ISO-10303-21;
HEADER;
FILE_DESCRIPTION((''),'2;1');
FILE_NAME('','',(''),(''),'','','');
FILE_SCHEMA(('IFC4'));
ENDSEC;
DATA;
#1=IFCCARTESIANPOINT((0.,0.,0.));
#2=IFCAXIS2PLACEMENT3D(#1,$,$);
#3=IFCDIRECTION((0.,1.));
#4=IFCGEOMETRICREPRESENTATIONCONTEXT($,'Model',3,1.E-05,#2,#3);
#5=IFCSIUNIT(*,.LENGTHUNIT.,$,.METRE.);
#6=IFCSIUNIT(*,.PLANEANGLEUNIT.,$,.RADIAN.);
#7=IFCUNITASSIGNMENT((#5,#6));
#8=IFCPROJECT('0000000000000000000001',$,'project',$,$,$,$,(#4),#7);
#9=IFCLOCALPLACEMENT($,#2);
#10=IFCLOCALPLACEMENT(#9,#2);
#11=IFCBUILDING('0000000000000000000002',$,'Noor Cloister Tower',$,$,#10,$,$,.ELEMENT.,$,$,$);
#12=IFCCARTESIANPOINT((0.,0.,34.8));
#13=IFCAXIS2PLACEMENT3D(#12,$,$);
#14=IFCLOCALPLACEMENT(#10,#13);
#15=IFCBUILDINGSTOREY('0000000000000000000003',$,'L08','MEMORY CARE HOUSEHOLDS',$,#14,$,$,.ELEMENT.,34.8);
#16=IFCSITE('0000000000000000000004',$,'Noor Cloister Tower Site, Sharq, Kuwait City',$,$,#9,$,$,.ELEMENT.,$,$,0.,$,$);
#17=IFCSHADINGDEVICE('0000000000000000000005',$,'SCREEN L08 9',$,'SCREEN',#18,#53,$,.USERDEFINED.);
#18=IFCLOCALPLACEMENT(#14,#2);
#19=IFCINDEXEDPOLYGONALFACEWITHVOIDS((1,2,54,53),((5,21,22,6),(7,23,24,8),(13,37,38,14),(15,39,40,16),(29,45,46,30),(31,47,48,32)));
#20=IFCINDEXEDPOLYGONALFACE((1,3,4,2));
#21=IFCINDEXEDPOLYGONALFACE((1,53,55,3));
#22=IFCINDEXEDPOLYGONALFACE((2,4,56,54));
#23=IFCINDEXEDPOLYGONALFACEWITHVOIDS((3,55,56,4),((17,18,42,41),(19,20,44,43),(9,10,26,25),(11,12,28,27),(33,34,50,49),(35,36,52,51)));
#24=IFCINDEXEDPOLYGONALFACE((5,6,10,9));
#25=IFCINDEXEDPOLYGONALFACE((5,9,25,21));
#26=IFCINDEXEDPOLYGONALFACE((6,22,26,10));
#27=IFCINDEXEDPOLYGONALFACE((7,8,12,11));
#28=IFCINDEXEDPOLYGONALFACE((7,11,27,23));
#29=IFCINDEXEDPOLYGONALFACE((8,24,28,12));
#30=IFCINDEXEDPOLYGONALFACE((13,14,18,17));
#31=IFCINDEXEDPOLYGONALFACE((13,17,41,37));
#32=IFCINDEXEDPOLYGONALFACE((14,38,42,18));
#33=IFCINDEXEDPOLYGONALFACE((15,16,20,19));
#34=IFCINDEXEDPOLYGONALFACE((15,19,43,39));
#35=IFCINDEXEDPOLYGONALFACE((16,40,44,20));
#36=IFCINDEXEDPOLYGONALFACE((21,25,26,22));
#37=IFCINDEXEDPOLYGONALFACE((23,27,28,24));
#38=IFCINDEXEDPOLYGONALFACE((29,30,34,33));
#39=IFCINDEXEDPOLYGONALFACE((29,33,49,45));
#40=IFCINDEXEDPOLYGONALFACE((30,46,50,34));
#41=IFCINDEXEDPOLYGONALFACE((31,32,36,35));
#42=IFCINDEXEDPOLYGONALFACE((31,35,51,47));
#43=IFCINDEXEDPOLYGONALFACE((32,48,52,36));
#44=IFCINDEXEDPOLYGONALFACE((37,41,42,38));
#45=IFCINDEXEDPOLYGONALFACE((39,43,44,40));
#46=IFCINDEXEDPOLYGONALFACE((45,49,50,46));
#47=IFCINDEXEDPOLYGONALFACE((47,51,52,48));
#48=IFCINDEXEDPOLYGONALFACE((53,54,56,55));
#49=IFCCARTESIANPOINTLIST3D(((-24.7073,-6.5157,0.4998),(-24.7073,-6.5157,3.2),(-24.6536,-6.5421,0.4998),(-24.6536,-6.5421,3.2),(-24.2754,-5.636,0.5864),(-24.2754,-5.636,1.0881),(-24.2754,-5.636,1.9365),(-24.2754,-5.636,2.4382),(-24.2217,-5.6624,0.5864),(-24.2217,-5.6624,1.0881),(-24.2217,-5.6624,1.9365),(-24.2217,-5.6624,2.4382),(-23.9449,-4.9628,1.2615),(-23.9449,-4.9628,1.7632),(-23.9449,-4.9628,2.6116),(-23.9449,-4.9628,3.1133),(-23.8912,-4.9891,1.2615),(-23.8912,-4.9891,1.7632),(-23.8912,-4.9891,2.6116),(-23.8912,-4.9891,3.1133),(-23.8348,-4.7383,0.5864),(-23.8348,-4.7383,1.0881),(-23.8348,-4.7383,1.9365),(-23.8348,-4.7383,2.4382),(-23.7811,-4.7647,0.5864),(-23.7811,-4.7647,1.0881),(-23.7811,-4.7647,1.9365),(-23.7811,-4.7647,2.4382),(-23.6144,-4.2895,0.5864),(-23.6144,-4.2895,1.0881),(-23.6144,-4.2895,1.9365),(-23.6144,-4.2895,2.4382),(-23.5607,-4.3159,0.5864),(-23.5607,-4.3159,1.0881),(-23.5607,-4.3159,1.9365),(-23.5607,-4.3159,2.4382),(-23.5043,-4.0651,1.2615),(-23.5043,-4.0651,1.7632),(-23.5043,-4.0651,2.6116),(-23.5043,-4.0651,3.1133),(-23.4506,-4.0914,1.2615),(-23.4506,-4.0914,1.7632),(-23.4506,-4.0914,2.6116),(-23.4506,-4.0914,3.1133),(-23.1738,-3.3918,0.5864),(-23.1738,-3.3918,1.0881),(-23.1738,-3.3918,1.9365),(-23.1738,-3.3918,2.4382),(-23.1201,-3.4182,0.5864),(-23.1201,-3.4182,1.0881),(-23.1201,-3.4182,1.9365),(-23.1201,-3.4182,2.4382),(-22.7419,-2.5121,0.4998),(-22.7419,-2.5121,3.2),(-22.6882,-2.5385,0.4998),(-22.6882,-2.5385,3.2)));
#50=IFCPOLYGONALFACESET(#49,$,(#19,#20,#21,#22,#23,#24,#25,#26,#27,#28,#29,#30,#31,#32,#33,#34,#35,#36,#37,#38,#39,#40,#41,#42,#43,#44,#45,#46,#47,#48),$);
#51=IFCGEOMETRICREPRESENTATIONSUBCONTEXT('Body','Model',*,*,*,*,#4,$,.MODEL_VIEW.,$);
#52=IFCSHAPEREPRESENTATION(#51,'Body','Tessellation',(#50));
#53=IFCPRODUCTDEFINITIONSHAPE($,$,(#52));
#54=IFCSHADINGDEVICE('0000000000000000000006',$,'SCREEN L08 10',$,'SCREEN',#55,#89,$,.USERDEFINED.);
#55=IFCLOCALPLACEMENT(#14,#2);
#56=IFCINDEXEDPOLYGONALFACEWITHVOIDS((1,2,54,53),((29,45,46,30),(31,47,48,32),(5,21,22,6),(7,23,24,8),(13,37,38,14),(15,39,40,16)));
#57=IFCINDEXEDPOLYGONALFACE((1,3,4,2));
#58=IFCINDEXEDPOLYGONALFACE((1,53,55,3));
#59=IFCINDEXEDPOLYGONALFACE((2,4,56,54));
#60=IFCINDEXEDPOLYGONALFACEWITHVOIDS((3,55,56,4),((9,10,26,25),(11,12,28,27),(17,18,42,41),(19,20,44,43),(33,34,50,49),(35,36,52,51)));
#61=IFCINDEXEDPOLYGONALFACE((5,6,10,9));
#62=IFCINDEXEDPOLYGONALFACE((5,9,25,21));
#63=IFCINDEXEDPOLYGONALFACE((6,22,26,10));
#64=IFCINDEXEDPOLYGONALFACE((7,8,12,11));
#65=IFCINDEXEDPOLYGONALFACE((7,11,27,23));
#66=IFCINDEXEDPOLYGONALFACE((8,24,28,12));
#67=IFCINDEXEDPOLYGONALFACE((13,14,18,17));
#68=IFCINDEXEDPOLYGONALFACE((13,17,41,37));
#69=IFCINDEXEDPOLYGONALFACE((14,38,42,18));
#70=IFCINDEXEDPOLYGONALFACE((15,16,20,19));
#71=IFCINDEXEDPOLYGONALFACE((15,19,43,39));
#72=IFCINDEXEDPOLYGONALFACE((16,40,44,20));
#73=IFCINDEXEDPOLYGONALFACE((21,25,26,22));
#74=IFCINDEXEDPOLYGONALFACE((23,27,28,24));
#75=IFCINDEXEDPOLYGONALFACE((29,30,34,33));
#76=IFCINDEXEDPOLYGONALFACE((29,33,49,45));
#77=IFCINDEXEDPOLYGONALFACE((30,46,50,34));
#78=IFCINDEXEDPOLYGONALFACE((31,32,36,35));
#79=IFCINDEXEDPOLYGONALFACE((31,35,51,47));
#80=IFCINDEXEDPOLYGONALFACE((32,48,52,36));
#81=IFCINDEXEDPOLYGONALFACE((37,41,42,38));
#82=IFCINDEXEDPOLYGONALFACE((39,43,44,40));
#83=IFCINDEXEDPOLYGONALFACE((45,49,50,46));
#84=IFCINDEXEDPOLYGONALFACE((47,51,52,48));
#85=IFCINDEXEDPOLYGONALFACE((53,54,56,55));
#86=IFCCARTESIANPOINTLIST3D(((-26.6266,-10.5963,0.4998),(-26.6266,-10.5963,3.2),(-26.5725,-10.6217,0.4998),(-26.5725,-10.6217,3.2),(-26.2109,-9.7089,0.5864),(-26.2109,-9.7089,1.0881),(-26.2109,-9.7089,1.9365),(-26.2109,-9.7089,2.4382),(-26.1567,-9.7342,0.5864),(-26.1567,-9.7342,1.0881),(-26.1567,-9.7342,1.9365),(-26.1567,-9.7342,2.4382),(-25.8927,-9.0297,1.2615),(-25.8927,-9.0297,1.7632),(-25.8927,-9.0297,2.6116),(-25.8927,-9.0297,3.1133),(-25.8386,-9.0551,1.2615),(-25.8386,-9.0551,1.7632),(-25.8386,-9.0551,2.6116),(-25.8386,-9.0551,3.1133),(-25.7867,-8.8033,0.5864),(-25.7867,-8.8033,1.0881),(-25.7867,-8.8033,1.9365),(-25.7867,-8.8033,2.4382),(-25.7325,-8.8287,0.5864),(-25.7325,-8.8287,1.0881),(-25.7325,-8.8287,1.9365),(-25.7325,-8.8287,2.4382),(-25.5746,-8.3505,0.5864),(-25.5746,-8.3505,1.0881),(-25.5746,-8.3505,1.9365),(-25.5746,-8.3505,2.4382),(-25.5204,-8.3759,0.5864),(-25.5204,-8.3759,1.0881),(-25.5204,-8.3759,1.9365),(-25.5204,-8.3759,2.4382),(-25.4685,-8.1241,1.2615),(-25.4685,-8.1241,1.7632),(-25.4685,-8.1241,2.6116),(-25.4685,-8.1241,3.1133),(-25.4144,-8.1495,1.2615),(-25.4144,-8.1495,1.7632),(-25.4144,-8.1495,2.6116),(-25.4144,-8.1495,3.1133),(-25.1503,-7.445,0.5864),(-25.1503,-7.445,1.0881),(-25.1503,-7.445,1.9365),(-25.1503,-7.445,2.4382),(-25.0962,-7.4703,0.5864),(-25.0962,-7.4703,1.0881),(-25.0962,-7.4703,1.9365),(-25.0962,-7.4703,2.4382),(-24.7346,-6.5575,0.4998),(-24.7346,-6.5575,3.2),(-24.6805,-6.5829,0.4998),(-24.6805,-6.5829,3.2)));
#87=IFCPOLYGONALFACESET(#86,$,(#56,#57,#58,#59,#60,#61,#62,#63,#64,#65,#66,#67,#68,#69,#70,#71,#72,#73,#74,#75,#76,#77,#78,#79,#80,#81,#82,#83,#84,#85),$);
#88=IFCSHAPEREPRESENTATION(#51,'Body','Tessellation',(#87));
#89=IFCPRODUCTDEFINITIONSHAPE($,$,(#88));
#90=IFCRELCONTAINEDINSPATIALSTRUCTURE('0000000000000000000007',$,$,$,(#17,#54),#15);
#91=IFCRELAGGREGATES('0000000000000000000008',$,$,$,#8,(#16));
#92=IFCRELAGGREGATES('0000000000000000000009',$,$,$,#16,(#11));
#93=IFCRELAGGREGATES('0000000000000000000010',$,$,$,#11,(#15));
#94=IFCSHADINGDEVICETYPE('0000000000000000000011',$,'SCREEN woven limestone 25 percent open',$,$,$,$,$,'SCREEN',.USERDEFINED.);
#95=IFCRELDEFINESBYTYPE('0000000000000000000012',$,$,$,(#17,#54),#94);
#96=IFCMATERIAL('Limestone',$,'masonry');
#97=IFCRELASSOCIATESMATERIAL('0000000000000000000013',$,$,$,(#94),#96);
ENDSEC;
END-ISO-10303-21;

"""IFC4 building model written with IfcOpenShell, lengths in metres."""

from ifc_helpers import new_model, si_unit, direction, frame, origin, place, context, subcontext, project, spatial, polyline, outline, extrude, material, material_profile, profile_set, type_object, element, save


model = new_model("IFC4")

# Units and contexts
model_context = context("Model", 3, precision=1e-05, world=origin(), true_north=direction((0.0, 1.0)))
body_context = subcontext(model_context, "Body", "Model", "MODEL_VIEW")
ifc_project = project(units=[si_unit("LENGTHUNIT", "METRE"), si_unit("PLANEANGLEUNIT", "RADIAN")], contexts=[model_context])

# Site, building, storey
site_placement = place(None, origin())
site = spatial("IfcSite", under=ifc_project, at=site_placement, Name="Noor Cloister Tower Site, Sharq, Kuwait City", CompositionType="ELEMENT", RefElevation=0.0)
building_placement = place(site_placement, origin())
building = spatial("IfcBuilding", under=site, at=building_placement, Name="Noor Cloister Tower", CompositionType="ELEMENT")
storey_placement = place(building_placement, frame((0.0, 0.0, 34.8)))
storey = spatial("IfcBuildingStorey", under=building, at=storey_placement, Name="L08", Description="MEMORY CARE HOUSEHOLDS", CompositionType="ELEMENT", Elevation=34.8)

# Shading devices
ifc_material_1 = material(Name="Limestone", Category="masonry")
ifc_material_profile_1 = material_profile(ifc_material_1, outline(polyline([(-2.23, -1.3501), (2.23, -1.3501), (2.23, 1.3501), (-2.23, 1.3501), (-2.23, -1.3501)]), holes=[polyline([(-1.25, -1.2634), (-0.25, -1.2634), (-0.25, -0.7617), (-1.25, -0.7617), (-1.25, -1.2634)]), polyline([(0.25, -1.2634), (1.25, -1.2634), (1.25, -0.7617), (0.25, -0.7617), (0.25, -1.2634)]), polyline([(-0.5, -0.5884), (0.5, -0.5884), (0.5, -0.0867), (-0.5, -0.0867), (-0.5, -0.5884)]), polyline([(-1.25, 0.0867), (-0.25, 0.0867), (-0.25, 0.5884), (-1.25, 0.5884), (-1.25, 0.0867)]), polyline([(0.25, 0.0867), (1.25, 0.0867), (1.25, 0.5884), (0.25, 0.5884), (0.25, 0.0867)]), polyline([(-0.5, 0.7617), (0.5, 0.7617), (0.5, 1.2634), (-0.5, 1.2634), (-0.5, 0.7617)])]), Name="Woven screen 25 percent open")
ifc_profile_set_1 = profile_set([ifc_material_profile_1], Name="Limestone")
shading_device_type = type_object("IfcShadingDeviceType", Name="SCREEN woven limestone 25 percent open", ElementType="SCREEN", PredefinedType="USERDEFINED", material=ifc_profile_set_1)
for number, where, z_axis, x_axis, name in (
    (1, (-23.6709, -4.5403, 1.8499), (-0.897668, 0.440673, 0.0), (-0.440673, -0.897668, 0.0), "SCREEN L08 9"),
    (2, (-25.6265, -8.6023, 1.8499), (-0.905557, 0.424225, 0.0), (-0.424225, -0.905557, 0.0), "SCREEN L08 10"),
):
    element("IfcShadingDevice", number, at=place(storey_placement, frame(where, z_axis=z_axis, x_axis=x_axis)), inside=storey, type_object=shading_device_type, Name=name, ObjectType="SCREEN", PredefinedType="USERDEFINED", context=body_context, shape_type="SweptSolid", body=[
        extrude(outline(polyline([(-2.23, -1.3501), (2.23, -1.3501), (2.23, 1.3501), (-2.23, 1.3501), (-2.23, -1.3501)]), holes=[polyline([(-1.25, -1.2634), (-0.25, -1.2634), (-0.25, -0.7617), (-1.25, -0.7617), (-1.25, -1.2634)]), polyline([(0.25, -1.2634), (1.25, -1.2634), (1.25, -0.7617), (0.25, -0.7617), (0.25, -1.2634)]), polyline([(-0.5, -0.5884), (0.5, -0.5884), (0.5, -0.0867), (-0.5, -0.0867), (-0.5, -0.5884)]), polyline([(-1.25, 0.0867), (-0.25, 0.0867), (-0.25, 0.5884), (-1.25, 0.5884), (-1.25, 0.0867)]), polyline([(0.25, 0.0867), (1.25, 0.0867), (1.25, 0.5884), (0.25, 0.5884), (0.25, 0.0867)]), polyline([(-0.5, 0.7617), (0.5, 0.7617), (0.5, 1.2634), (-0.5, 1.2634), (-0.5, 0.7617)])]), origin(), (0.0, 0.0, 1.0), 0.0598),
    ])

save(model, "model.ifc")
